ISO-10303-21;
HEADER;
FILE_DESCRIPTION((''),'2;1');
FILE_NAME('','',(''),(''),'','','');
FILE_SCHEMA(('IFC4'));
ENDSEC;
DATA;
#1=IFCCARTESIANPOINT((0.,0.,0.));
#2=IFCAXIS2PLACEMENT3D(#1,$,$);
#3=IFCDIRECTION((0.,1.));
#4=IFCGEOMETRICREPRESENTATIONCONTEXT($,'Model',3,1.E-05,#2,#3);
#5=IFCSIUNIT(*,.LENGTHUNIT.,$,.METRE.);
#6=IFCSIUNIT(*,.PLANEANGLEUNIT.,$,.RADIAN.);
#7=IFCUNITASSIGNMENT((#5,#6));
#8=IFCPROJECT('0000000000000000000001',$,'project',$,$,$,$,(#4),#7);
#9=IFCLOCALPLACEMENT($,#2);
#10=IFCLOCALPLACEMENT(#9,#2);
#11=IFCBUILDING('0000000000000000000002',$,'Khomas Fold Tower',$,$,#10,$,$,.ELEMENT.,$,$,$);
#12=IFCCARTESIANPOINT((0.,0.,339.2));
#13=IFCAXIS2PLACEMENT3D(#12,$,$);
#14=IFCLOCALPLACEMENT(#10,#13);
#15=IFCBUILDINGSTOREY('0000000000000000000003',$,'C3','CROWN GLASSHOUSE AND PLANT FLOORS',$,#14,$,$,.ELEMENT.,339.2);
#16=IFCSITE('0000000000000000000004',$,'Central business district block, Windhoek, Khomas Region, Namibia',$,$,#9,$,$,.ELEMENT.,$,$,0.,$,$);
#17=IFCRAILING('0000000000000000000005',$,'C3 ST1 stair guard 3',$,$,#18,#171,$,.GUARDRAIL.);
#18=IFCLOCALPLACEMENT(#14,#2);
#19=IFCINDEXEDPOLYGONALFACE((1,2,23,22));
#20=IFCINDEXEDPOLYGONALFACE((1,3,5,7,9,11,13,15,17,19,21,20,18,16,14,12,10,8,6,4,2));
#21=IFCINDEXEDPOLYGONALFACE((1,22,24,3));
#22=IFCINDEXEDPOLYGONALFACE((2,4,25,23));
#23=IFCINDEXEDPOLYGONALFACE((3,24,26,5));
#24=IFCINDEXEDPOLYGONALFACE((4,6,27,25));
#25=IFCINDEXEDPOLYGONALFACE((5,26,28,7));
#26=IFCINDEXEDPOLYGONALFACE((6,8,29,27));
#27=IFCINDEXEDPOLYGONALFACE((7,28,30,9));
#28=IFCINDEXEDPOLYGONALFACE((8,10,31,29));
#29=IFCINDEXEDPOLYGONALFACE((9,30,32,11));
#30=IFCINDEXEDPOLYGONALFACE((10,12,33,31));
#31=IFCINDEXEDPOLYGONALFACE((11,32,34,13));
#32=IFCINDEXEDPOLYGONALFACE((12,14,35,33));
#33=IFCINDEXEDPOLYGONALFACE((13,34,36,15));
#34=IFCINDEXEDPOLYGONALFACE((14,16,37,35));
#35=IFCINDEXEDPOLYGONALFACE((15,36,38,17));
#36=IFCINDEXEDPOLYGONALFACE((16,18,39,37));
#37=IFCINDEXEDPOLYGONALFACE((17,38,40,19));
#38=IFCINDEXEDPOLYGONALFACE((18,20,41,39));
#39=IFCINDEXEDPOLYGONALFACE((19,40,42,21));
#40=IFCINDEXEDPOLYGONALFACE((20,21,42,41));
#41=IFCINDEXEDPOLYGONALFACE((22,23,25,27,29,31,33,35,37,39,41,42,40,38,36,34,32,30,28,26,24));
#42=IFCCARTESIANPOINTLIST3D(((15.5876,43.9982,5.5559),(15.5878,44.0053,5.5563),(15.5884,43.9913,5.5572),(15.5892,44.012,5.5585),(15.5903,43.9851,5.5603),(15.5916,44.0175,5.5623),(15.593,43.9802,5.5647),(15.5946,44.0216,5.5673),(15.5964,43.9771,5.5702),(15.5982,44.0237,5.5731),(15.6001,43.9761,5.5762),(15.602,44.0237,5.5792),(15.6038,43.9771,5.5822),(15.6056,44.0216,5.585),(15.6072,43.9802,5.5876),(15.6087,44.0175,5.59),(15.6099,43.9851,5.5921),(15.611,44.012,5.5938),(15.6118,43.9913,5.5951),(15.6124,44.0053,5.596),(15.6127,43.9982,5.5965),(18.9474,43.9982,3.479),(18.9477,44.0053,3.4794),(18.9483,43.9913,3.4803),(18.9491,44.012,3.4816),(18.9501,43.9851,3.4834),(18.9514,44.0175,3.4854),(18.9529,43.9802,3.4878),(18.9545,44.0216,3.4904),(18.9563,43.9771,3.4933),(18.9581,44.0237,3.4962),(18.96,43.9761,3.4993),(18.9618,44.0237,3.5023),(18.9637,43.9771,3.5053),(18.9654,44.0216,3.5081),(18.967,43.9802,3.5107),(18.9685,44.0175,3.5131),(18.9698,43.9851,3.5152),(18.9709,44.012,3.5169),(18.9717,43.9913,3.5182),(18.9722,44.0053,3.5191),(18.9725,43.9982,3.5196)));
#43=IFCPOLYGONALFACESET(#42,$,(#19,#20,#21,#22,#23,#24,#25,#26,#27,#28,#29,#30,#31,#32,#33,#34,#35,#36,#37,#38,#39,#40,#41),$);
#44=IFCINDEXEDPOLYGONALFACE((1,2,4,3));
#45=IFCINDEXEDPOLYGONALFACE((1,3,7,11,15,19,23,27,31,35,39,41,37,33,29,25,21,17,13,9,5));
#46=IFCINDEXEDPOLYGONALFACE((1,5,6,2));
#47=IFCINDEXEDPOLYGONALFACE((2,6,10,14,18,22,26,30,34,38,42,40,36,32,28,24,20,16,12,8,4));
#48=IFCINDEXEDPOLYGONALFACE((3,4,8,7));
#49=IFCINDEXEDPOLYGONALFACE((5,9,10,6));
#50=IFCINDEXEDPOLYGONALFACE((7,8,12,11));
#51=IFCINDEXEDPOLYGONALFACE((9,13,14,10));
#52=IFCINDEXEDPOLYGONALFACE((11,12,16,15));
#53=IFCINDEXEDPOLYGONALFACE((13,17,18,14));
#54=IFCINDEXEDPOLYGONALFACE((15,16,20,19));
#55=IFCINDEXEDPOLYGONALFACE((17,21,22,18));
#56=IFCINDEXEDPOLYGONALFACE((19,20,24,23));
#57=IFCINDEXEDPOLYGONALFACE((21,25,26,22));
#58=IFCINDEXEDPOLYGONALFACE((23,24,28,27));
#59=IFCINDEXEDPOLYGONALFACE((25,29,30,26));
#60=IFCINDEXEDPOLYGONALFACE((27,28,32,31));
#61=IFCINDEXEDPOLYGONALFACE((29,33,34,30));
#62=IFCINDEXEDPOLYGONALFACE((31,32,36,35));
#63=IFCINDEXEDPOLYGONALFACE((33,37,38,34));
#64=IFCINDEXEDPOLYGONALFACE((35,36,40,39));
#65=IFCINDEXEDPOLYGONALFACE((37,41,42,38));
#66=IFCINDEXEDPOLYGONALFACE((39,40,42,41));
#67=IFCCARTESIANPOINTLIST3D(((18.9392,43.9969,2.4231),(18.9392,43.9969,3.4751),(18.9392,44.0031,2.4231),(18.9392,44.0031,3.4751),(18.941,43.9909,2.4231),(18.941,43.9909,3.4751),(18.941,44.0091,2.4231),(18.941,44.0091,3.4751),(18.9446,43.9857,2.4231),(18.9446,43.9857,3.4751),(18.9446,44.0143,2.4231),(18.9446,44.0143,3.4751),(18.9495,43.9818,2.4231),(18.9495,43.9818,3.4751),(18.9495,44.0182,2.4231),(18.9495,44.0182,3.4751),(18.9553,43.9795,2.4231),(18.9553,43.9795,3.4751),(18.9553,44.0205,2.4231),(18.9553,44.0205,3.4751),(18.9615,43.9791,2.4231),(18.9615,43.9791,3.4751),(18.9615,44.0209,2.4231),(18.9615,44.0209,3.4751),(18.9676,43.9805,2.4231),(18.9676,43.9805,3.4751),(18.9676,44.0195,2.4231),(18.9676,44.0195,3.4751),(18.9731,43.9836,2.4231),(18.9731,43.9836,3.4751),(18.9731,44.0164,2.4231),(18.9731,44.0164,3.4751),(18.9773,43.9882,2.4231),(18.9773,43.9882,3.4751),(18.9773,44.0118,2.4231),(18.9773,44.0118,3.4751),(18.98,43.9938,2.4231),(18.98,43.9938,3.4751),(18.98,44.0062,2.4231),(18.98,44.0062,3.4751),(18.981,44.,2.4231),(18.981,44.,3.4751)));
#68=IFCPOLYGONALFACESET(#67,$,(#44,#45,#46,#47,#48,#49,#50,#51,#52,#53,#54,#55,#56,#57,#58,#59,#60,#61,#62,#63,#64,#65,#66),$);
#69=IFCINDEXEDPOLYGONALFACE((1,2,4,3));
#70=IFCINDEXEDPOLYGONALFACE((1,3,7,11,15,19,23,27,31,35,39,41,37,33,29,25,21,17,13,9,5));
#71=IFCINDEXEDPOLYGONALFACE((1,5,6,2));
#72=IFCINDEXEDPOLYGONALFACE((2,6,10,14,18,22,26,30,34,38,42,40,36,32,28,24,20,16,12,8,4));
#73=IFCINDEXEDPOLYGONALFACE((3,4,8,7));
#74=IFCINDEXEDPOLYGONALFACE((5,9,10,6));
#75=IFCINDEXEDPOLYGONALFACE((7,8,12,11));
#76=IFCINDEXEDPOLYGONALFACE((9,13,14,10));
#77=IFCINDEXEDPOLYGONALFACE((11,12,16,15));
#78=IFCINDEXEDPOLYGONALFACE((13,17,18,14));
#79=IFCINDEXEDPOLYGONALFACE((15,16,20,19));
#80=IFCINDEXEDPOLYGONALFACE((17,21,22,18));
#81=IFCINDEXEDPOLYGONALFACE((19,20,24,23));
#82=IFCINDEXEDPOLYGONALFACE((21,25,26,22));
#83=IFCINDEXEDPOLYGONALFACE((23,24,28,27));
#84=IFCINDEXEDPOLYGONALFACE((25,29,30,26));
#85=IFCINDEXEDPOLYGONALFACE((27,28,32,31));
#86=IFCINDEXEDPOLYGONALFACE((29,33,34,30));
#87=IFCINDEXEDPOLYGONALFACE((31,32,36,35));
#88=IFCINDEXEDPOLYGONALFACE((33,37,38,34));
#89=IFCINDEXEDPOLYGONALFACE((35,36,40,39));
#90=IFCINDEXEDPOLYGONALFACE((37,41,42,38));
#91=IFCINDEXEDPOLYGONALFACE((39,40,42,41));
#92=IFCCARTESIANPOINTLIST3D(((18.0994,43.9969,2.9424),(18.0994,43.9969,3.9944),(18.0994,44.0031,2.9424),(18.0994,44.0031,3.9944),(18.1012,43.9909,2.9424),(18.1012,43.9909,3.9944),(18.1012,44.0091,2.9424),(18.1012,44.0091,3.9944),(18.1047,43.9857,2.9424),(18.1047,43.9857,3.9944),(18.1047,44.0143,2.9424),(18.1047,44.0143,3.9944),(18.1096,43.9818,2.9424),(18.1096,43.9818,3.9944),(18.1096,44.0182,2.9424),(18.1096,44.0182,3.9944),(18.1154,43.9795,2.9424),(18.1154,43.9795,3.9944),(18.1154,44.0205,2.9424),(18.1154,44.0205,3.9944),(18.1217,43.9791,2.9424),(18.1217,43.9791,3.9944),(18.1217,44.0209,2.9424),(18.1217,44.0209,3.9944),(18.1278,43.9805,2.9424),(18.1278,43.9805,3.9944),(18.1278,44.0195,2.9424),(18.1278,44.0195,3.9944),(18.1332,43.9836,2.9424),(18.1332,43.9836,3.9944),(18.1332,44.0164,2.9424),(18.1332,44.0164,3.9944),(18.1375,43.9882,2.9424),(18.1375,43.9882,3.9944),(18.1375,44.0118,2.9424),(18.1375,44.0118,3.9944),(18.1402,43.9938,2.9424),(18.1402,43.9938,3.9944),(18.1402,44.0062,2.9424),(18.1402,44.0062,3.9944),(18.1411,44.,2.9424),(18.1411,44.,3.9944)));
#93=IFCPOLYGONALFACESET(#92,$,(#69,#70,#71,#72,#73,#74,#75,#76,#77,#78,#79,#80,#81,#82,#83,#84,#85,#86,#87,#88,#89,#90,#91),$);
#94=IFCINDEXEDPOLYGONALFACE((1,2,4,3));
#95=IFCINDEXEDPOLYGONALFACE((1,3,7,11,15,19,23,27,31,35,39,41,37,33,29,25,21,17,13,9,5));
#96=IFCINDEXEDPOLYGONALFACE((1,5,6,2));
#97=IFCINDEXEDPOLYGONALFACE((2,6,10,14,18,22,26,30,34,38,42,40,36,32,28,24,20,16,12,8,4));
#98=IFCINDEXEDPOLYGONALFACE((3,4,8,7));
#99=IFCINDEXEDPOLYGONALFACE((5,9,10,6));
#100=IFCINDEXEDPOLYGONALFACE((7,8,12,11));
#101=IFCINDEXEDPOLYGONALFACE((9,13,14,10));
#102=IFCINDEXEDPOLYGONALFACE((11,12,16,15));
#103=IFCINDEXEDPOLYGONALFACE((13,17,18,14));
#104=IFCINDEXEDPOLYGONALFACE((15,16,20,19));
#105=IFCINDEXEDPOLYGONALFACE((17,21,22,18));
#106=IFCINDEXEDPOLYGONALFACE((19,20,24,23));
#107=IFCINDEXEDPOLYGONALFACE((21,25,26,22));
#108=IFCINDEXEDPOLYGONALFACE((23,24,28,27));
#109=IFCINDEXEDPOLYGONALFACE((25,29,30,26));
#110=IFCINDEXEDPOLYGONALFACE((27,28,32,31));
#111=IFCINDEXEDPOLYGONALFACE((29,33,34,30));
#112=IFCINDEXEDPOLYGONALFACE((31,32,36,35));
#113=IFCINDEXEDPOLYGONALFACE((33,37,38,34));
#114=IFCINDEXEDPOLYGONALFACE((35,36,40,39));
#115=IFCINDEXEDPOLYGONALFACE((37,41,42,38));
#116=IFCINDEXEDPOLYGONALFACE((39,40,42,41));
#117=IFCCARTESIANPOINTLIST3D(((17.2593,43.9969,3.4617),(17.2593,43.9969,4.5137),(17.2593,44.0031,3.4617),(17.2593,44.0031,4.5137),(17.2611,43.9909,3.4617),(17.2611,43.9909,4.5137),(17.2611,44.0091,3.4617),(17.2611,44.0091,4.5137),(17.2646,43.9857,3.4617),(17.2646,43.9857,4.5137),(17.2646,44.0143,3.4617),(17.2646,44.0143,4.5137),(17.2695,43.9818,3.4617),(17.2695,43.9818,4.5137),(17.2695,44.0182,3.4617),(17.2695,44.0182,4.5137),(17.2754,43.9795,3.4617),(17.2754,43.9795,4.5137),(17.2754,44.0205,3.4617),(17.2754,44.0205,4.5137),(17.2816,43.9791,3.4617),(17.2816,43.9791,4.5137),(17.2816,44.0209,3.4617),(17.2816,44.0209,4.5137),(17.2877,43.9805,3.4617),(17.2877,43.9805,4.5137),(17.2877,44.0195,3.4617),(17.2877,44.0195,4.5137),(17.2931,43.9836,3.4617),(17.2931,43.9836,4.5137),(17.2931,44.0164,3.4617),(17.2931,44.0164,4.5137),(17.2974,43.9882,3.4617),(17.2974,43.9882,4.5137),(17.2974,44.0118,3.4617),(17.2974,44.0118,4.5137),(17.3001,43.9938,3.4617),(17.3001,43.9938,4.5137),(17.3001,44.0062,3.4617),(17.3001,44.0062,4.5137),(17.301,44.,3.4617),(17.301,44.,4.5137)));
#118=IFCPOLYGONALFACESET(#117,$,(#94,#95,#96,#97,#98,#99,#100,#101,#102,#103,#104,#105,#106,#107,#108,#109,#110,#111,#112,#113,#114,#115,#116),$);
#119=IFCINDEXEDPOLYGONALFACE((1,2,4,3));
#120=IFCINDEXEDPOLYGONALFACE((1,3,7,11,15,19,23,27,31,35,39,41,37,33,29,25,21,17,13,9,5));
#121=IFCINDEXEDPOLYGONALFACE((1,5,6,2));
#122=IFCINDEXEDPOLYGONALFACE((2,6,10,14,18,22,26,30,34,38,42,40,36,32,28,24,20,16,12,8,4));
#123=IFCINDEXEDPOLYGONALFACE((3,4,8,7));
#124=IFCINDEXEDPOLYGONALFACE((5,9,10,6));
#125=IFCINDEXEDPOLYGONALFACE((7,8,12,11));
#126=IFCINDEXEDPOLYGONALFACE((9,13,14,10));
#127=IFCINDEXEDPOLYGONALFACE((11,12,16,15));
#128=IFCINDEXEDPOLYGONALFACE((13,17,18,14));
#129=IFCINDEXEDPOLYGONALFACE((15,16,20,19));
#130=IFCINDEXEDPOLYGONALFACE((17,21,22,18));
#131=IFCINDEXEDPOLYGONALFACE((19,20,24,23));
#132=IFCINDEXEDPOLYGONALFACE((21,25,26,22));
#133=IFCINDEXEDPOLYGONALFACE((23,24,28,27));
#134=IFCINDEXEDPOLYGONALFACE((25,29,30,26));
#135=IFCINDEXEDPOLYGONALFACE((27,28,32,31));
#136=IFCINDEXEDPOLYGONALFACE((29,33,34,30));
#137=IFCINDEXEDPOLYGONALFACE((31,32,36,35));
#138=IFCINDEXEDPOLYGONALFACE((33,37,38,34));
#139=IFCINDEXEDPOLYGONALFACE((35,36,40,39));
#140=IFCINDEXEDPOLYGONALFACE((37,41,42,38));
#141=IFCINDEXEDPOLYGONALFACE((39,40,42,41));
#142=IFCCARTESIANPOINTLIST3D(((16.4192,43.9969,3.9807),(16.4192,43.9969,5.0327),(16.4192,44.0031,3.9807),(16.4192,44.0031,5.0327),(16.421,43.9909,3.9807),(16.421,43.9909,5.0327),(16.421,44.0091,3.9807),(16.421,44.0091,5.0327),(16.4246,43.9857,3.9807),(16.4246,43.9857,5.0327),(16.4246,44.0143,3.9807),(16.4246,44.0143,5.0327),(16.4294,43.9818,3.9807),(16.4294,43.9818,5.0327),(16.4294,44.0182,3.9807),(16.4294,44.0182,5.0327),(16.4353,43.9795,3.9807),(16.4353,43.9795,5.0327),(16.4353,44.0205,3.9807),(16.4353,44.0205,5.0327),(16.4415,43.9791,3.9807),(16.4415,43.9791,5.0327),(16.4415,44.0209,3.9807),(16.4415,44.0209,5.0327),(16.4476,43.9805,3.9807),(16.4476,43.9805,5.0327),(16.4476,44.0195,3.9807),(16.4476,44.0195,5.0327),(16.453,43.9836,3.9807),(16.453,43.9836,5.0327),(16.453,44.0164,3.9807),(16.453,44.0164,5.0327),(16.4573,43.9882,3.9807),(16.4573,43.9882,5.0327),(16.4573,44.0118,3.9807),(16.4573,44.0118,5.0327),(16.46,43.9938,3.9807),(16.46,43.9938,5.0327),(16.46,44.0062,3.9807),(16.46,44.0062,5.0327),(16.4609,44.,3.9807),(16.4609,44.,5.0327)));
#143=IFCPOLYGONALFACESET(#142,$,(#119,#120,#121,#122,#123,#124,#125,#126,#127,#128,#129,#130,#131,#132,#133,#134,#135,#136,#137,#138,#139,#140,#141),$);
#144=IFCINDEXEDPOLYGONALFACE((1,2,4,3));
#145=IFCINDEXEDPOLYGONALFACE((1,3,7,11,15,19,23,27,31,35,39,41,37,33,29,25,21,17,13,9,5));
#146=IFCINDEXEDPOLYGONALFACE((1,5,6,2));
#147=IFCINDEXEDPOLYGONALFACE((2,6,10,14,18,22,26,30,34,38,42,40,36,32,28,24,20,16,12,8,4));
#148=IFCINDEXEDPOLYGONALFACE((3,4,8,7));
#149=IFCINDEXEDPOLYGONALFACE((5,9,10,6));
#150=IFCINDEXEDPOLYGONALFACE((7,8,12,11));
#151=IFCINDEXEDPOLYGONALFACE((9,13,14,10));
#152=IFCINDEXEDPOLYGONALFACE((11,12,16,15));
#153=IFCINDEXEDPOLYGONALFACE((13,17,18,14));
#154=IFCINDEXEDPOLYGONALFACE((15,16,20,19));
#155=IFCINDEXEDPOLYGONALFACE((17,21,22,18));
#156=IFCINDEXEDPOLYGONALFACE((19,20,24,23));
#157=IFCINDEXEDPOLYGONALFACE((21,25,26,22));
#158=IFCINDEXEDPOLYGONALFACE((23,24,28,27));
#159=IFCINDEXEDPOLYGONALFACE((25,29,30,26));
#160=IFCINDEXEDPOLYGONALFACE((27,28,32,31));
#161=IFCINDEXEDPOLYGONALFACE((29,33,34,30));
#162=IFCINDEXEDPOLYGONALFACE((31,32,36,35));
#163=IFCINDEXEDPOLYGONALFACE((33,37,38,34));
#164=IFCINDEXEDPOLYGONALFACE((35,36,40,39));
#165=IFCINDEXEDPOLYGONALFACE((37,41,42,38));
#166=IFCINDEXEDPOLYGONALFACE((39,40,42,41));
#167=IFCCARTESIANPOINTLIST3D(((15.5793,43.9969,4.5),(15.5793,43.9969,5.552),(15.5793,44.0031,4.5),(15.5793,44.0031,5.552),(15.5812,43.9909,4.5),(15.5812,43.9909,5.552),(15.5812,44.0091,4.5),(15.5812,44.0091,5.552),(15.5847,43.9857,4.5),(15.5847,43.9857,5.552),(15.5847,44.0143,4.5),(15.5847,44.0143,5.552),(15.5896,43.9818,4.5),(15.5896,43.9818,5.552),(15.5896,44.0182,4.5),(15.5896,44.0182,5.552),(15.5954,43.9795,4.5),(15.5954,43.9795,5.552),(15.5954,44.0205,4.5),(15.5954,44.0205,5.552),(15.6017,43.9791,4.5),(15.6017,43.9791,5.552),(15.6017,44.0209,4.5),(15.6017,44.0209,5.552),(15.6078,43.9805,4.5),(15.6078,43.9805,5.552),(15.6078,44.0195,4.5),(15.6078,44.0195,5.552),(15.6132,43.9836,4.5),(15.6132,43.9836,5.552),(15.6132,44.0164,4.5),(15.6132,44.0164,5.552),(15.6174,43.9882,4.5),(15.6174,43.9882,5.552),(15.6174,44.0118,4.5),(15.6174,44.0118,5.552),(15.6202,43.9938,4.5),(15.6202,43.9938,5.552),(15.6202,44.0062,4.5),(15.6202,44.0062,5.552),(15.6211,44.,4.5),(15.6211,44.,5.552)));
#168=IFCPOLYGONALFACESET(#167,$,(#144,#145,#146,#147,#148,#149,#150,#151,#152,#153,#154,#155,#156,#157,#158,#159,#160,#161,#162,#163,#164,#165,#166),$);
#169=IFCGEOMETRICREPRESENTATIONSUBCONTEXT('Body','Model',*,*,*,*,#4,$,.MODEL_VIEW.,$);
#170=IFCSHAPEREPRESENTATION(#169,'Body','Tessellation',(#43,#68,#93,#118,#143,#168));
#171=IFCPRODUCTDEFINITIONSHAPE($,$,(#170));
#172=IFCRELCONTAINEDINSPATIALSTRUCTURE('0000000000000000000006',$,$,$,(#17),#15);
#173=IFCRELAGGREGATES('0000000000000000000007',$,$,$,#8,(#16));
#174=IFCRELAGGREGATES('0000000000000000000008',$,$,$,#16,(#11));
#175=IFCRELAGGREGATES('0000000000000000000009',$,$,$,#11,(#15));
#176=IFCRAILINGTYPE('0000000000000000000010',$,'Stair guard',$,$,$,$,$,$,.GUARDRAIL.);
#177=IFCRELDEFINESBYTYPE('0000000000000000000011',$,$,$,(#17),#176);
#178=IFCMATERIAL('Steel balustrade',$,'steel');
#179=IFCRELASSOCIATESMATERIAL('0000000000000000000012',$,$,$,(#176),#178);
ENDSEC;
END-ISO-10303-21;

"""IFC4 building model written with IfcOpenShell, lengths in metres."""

from ifc_helpers import new_model, si_unit, direction, frame, origin, origin_2d, place, context, subcontext, project, spatial, circle, extrude, source, transform, mapped, material, type_object, element, save


model = new_model("IFC4")

# Units and contexts
model_context = context("Model", 3, precision=1e-05, world=origin(), true_north=direction((0.0, 1.0)))
body_context = subcontext(model_context, "Body", "Model", "MODEL_VIEW")
ifc_project = project(units=[si_unit("LENGTHUNIT", "METRE"), si_unit("PLANEANGLEUNIT", "RADIAN")], contexts=[model_context])

# Site, building, storey
site_placement = place(None, origin())
site = spatial("IfcSite", under=ifc_project, at=site_placement, Name="Central business district block, Windhoek, Khomas Region, Namibia", CompositionType="ELEMENT", RefElevation=0.0)
building_placement = place(site_placement, origin())
building = spatial("IfcBuilding", under=site, at=building_placement, Name="Khomas Fold Tower", CompositionType="ELEMENT")
storey_placement = place(building_placement, frame((0.0, 0.0, 339.2)))
storey = spatial("IfcBuildingStorey", under=building, at=storey_placement, Name="C3", Description="CROWN GLASSHOUSE AND PLANT FLOORS", CompositionType="ELEMENT", Elevation=339.2)

# Railing
ifc_material_1 = material(Name="Steel balustrade", Category="steel")
railing_type_1 = type_object("IfcRailingType", Name="Stair guard", PredefinedType="GUARDRAIL", material=ifc_material_1)
shared_shape_1 = source(origin(), body_context, "Body", "SweptSolid", [
    extrude(circle(Radius=0.0239, at=origin_2d()), frame((0.0, 0.0, 1.0762), z_axis=(-0.850606, 0.0, 0.525803), x_axis=(0.0, -1.0, 0.0)), (0.0, 0.0, 1.0), 3.95),
    extrude(circle(Radius=0.021, at=origin_2d()), origin(), (0.0, 0.0, 1.0), 1.052),
    extrude(circle(Radius=0.021, at=origin_2d()), frame((-0.8398, 0.0, 0.5193)), (0.0, 0.0, 1.0), 1.052),
    extrude(circle(Radius=0.021, at=origin_2d()), frame((-1.6799, 0.0, 1.0386)), (0.0, 0.0, 1.0), 1.052),
    extrude(circle(Radius=0.021, at=origin_2d()), frame((-2.52, 0.0, 1.5576)), (0.0, 0.0, 1.0), 1.052),
    extrude(circle(Radius=0.021, at=origin_2d()), frame((-3.3599, 0.0, 2.0769)), (0.0, 0.0, 1.0), 1.052),
])
railing_1_placement = place(storey_placement, frame((18.96, 44.0, 2.4231)))
element("IfcRailing", 1, at=railing_1_placement, inside=storey, type_object=railing_type_1, Name="C3 ST1 stair guard 3", PredefinedType="GUARDRAIL", context=body_context, shape_type="MappedRepresentation", body=[
    mapped(shared_shape_1, transform((0.0, 0.0, 0.0))),
])

save(model, "model.ifc")
